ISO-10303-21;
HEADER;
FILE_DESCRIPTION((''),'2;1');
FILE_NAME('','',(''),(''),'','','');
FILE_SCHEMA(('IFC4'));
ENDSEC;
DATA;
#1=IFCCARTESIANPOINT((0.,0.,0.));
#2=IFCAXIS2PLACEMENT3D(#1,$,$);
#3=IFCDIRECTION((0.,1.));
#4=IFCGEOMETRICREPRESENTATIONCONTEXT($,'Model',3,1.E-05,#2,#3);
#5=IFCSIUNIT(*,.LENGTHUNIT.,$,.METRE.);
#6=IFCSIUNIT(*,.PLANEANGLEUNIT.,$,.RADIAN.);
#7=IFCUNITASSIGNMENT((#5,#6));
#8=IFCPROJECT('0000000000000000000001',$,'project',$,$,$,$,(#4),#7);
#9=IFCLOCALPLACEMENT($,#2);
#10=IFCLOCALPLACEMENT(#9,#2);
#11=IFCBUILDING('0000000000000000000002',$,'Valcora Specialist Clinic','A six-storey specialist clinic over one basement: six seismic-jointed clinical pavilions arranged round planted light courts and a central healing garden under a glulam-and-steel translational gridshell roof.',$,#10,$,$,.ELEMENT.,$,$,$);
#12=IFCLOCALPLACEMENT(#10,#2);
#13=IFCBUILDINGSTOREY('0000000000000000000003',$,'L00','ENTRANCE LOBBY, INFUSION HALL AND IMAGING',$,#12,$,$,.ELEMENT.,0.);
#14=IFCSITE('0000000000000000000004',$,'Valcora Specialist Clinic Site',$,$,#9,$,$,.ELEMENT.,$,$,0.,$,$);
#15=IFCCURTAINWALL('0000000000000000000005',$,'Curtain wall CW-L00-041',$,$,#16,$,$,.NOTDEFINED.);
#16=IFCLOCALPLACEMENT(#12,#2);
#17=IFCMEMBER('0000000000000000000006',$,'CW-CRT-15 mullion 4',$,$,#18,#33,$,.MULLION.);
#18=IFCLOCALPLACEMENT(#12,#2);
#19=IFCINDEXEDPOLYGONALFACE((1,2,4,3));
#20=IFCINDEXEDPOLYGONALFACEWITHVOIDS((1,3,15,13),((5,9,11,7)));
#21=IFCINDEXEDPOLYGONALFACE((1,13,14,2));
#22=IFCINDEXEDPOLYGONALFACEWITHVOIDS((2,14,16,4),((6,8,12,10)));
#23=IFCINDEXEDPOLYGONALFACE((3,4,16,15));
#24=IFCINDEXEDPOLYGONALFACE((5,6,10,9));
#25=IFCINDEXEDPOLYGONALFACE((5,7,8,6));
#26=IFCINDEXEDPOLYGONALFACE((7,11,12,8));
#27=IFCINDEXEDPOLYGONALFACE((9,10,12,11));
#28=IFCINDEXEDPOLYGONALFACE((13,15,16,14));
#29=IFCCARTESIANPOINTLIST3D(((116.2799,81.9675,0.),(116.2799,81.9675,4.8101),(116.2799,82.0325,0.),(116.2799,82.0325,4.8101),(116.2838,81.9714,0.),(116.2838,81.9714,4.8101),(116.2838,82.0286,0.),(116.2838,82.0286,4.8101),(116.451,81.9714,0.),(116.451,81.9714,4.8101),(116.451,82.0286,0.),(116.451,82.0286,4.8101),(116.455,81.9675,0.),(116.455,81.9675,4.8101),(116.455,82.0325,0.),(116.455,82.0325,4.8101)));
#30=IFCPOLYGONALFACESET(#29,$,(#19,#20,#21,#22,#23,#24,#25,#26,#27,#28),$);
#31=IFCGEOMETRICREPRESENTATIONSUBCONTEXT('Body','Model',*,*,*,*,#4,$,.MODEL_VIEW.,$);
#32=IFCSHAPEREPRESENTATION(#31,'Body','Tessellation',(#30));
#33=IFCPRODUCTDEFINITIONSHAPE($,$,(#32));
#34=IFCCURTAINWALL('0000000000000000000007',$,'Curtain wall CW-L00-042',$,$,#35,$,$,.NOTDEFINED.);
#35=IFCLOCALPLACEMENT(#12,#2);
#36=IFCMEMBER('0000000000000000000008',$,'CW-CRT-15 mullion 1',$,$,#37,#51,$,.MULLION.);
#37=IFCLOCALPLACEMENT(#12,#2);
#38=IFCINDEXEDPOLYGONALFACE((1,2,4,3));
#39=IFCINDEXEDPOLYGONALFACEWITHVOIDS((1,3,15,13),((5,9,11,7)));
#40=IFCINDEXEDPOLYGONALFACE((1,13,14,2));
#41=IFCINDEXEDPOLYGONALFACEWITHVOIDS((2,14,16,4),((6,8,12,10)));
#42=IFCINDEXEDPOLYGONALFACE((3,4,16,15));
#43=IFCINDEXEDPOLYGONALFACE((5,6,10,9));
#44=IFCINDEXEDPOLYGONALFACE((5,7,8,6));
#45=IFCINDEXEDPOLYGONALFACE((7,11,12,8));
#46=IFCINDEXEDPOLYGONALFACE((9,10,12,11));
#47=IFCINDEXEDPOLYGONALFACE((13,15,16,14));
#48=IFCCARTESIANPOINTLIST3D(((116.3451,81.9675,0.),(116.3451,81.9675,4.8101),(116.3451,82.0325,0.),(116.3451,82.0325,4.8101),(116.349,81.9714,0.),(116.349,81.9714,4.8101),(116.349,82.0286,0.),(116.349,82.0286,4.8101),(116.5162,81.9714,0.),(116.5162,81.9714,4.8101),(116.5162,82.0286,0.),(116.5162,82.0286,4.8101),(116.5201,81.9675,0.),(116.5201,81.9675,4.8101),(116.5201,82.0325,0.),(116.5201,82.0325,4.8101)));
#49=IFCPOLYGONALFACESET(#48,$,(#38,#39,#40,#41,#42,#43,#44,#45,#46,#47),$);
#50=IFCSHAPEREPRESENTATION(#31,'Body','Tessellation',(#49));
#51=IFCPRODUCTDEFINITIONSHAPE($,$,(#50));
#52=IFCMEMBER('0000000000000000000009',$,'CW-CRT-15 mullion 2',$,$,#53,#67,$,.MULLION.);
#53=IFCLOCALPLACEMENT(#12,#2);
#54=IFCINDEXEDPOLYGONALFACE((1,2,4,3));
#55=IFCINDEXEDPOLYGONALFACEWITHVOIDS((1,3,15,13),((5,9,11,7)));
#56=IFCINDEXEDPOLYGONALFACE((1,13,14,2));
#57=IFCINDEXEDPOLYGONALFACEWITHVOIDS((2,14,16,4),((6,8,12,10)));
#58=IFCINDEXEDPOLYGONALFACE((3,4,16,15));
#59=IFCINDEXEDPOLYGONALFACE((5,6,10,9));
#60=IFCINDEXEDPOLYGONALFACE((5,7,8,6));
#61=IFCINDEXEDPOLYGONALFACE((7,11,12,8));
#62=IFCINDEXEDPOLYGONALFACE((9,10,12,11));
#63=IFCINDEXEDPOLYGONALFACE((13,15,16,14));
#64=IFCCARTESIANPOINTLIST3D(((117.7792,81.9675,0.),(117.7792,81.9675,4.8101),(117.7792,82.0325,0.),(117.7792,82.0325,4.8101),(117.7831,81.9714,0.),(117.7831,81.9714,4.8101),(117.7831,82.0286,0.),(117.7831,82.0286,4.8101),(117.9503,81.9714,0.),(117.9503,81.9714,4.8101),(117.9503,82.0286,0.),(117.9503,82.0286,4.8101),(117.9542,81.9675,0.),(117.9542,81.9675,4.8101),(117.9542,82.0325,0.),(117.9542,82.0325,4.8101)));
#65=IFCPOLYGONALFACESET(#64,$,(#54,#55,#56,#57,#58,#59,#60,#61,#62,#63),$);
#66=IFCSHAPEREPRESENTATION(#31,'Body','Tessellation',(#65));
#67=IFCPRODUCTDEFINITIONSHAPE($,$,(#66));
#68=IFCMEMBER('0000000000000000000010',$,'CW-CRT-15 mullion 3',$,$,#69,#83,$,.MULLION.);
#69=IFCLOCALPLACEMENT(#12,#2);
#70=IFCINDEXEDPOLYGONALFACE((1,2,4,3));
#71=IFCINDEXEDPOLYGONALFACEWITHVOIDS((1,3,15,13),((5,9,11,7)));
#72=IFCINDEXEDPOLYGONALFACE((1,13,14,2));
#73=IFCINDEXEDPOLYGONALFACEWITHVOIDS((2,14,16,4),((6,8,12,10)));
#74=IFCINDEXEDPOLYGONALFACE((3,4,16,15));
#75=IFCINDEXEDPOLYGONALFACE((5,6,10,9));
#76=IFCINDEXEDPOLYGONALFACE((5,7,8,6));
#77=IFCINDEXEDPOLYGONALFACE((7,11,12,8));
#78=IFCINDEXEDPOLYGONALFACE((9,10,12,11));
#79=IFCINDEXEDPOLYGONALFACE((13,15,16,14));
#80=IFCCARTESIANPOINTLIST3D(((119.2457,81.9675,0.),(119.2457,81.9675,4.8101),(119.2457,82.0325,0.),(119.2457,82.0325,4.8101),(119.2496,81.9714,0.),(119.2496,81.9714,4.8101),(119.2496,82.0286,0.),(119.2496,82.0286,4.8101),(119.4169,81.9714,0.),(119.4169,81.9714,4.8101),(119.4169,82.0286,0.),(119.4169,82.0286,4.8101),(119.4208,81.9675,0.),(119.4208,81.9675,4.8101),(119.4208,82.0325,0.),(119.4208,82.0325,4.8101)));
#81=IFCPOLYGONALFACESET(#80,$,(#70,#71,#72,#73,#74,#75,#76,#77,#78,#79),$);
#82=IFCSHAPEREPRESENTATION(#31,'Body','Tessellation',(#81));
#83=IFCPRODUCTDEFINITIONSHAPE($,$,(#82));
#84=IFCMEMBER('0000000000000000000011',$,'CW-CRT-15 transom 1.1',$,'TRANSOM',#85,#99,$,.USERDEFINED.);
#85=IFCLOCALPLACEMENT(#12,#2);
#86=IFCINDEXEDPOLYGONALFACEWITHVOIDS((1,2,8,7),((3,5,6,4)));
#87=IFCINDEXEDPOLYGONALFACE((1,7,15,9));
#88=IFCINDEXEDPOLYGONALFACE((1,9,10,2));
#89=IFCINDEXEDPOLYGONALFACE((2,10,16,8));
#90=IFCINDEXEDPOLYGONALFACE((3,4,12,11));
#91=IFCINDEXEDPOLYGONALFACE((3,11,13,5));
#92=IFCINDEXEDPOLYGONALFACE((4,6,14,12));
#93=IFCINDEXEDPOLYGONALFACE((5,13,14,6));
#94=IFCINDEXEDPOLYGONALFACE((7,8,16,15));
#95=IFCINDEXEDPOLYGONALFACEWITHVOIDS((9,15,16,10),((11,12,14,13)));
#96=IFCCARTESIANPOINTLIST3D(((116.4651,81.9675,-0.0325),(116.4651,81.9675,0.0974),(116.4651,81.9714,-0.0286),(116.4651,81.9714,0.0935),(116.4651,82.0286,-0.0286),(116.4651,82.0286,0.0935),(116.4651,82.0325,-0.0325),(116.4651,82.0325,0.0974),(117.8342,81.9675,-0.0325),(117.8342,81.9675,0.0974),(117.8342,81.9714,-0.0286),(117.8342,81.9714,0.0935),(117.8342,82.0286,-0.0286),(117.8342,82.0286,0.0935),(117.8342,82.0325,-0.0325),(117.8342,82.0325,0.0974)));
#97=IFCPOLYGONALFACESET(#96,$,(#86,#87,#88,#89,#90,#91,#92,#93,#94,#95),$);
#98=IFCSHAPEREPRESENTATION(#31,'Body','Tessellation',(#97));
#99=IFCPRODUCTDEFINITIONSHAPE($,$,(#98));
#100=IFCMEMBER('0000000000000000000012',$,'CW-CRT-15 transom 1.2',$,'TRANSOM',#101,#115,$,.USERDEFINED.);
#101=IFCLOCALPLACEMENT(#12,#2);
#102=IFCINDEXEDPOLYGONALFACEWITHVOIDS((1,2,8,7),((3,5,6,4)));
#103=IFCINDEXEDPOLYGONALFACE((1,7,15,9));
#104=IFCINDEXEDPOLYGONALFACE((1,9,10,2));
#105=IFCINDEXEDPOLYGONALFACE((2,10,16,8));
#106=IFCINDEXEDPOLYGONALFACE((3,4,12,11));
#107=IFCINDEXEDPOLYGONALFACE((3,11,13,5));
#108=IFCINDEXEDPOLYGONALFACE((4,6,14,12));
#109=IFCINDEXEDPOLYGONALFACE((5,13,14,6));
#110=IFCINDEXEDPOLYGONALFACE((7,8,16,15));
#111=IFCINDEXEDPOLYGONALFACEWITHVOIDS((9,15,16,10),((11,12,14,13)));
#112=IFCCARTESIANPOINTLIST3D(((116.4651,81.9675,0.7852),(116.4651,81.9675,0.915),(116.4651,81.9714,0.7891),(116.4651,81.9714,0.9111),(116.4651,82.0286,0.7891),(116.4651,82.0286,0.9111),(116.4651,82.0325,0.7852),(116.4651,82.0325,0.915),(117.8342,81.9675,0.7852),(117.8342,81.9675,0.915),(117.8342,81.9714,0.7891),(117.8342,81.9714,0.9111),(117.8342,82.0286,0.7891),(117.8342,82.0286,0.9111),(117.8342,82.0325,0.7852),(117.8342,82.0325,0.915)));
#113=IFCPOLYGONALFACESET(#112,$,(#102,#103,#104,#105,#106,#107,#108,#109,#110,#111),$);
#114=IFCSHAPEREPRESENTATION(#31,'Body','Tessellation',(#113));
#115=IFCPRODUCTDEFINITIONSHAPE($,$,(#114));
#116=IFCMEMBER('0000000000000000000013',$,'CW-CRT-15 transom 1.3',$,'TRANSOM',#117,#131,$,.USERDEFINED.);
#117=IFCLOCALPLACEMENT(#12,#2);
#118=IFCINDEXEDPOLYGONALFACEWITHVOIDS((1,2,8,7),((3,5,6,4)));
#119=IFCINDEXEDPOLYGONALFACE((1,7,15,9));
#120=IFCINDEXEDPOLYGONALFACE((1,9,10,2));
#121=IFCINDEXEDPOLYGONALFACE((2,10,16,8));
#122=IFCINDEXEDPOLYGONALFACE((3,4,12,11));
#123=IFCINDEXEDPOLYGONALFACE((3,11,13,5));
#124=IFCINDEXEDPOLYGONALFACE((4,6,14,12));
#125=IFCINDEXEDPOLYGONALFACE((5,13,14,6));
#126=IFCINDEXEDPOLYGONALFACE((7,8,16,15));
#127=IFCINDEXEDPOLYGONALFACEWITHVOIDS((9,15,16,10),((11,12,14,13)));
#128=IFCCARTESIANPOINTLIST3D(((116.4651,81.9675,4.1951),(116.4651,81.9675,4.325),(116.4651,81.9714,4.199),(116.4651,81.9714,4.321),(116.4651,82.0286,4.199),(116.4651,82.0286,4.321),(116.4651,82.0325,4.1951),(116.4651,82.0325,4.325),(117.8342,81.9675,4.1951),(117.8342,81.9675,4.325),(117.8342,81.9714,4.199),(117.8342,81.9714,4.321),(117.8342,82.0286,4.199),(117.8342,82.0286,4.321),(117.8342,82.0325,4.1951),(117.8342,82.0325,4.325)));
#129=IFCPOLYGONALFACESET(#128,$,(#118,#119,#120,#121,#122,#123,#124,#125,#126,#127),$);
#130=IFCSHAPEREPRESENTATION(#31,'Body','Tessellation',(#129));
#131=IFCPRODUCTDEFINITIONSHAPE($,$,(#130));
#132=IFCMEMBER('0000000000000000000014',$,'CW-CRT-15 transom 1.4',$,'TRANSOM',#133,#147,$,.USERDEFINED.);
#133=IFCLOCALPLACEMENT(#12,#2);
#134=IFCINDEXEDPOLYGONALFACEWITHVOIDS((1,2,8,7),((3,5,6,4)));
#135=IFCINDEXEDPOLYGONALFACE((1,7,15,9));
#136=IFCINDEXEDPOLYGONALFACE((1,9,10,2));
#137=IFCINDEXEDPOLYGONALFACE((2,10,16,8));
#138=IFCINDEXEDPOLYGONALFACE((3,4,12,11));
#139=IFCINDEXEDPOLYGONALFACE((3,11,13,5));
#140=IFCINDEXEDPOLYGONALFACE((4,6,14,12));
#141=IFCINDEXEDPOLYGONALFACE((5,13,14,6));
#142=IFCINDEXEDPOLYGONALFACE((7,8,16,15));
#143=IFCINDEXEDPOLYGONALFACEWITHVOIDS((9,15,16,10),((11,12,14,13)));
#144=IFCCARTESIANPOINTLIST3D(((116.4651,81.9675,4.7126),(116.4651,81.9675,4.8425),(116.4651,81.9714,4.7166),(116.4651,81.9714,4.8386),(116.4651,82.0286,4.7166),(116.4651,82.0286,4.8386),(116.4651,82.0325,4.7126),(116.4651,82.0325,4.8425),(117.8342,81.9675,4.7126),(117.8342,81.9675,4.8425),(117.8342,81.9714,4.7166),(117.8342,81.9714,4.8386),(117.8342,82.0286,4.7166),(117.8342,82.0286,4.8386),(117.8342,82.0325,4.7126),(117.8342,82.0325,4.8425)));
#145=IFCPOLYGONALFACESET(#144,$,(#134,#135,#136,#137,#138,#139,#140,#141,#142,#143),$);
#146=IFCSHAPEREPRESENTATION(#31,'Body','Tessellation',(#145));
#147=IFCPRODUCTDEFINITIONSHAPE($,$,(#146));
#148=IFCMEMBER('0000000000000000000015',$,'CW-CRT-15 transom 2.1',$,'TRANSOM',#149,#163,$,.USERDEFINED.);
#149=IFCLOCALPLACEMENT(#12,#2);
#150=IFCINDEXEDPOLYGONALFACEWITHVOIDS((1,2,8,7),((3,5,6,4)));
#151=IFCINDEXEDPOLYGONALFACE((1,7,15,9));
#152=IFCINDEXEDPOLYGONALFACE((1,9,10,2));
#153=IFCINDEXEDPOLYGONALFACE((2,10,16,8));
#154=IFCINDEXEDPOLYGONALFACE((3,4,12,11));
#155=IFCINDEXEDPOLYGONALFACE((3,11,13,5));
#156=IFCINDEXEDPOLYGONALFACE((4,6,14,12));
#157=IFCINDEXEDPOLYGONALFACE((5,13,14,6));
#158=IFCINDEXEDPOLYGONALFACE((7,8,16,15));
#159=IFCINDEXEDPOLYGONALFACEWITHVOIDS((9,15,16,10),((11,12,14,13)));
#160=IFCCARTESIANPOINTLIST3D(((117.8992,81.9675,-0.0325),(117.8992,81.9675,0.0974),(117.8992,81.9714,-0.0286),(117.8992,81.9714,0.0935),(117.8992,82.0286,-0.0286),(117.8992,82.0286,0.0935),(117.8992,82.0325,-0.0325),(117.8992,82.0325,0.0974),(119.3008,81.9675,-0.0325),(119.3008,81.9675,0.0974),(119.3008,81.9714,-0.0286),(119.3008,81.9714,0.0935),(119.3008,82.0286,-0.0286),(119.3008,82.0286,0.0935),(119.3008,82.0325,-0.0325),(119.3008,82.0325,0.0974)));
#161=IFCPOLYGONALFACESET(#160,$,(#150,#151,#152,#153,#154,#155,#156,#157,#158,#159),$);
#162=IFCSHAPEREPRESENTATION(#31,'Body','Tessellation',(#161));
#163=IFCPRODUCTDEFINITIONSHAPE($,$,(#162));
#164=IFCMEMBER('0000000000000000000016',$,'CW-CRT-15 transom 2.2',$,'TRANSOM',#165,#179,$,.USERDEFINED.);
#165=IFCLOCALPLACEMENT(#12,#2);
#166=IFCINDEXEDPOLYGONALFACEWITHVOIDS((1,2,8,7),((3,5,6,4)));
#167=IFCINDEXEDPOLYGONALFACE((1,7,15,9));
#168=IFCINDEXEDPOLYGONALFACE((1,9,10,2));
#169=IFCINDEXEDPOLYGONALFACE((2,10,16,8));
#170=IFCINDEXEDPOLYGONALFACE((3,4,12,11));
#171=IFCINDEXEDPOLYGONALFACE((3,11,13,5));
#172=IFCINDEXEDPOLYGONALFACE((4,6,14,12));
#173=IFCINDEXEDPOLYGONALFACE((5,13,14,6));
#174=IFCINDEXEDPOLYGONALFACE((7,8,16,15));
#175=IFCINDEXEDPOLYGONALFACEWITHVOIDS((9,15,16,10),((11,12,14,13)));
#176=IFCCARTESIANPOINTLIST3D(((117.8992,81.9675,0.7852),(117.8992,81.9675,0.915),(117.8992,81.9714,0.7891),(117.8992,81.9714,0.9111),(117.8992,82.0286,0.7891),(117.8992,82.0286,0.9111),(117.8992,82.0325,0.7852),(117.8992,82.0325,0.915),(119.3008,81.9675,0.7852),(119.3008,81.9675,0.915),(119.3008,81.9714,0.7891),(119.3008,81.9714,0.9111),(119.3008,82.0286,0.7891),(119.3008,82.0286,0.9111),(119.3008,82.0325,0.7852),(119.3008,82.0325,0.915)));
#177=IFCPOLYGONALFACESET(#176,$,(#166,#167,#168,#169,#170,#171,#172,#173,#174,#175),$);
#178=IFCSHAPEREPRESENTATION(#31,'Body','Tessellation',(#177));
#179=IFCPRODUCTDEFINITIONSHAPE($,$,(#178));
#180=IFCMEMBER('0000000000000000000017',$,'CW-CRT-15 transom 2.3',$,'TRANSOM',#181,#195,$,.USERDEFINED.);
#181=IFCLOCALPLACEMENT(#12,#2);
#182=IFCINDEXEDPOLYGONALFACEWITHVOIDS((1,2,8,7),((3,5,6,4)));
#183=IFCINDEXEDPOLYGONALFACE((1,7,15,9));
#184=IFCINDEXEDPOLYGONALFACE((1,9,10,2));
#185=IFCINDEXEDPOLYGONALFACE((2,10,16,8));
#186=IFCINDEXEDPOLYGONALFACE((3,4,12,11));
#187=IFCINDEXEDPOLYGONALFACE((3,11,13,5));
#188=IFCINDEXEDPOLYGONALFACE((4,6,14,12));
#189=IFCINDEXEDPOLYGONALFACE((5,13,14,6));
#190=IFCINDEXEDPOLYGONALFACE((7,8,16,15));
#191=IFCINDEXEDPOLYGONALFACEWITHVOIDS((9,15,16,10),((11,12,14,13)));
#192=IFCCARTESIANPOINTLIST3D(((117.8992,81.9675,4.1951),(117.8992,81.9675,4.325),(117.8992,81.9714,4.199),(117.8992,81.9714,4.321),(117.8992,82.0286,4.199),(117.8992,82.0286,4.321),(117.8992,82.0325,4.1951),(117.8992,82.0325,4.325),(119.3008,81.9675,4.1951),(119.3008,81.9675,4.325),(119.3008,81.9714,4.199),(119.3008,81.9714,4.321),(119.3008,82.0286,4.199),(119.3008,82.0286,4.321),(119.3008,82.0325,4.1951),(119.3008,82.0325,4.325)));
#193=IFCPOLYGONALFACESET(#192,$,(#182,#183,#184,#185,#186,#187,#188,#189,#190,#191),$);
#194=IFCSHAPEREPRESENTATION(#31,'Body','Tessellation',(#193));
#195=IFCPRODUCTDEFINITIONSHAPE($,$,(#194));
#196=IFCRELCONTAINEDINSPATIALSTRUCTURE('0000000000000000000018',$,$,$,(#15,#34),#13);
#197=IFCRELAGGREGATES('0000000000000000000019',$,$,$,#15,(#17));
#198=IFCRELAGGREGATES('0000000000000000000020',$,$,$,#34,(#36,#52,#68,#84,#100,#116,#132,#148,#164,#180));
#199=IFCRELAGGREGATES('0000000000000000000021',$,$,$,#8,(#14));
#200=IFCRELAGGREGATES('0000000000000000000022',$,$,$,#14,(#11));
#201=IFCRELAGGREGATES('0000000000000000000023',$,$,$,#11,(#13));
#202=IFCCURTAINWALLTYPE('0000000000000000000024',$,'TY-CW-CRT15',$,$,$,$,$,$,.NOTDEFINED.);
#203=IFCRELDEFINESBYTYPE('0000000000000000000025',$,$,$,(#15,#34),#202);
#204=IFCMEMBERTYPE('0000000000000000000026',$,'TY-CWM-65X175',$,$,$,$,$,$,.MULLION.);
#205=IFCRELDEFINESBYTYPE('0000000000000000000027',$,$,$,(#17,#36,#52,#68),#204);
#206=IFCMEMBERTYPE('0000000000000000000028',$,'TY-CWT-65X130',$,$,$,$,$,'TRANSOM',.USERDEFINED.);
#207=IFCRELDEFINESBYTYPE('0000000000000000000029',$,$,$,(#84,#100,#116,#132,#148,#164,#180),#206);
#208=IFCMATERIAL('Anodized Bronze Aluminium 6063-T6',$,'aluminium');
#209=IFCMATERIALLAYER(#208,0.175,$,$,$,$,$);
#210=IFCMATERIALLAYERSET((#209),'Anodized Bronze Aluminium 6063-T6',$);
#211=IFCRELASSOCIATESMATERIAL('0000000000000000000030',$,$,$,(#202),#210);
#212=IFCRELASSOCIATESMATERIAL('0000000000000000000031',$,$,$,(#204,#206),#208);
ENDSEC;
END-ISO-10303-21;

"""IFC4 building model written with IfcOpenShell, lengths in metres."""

from ifc_helpers import new_model, si_unit, direction, frame, origin, origin_2d, place, context, subcontext, project, spatial, hollow_rectangle, extrude, material, layer, layer_set, material_profile, profile_set, type_object, element, aggregate, save


model = new_model("IFC4")

# Units and contexts
model_context = context("Model", 3, precision=1e-05, world=origin(), true_north=direction((0.0, 1.0)))
body_context = subcontext(model_context, "Body", "Model", "MODEL_VIEW")
ifc_project = project(units=[si_unit("LENGTHUNIT", "METRE"), si_unit("PLANEANGLEUNIT", "RADIAN")], contexts=[model_context])

# Site, building, storey
site_placement = place(None, origin())
site = spatial("IfcSite", under=ifc_project, at=site_placement, Name="Valcora Specialist Clinic Site", CompositionType="ELEMENT", RefElevation=0.0)
building_placement = place(site_placement, origin())
building = spatial("IfcBuilding", under=site, at=building_placement, Name="Valcora Specialist Clinic", Description="A six-storey specialist clinic over one basement: six seismic-jointed clinical pavilions arranged round planted light courts and a central healing garden under a glulam-and-steel translational gridshell roof.", CompositionType="ELEMENT")
storey_placement = place(building_placement, origin())
storey = spatial("IfcBuildingStorey", under=building, at=storey_placement, Name="L00", Description="ENTRANCE LOBBY, INFUSION HALL AND IMAGING", CompositionType="ELEMENT", Elevation=0.0)

# Curtain wall, member
ifc_material_1 = material(Name="Anodized Bronze Aluminium 6063-T6", Category="aluminium")
ifc_layer_1 = layer(ifc_material_1, 0.175)
ifc_layer_set_1 = layer_set([ifc_layer_1], Name="Anodized Bronze Aluminium 6063-T6")
curtain_wall_type = type_object("IfcCurtainWallType", Name="TY-CW-CRT15", PredefinedType="NOTDEFINED", material=ifc_layer_set_1)
curtain_wall_1_placement = place(storey_placement, origin())
curtain_wall_1 = element("IfcCurtainWall", 1, at=curtain_wall_1_placement, inside=storey, type_object=curtain_wall_type, Name="Curtain wall CW-L00-041", PredefinedType="NOTDEFINED")
ifc_material_profile_1 = material_profile(ifc_material_1, hollow_rectangle(XDim=0.0649, YDim=0.175, WallThickness=0.0039, at=origin_2d()), Name="AL-MUL-65X175")
ifc_profile_set_1 = profile_set([ifc_material_profile_1], Name="Anodized Bronze Aluminium 6063-T6")
member_type_1 = type_object("IfcMemberType", Name="TY-CWM-65X175", PredefinedType="MULLION", material=ifc_profile_set_1)
member_1_placement = place(storey_placement, frame((116.3674, 82.0, 0.0), z_axis=(0.0, 0.0, 1.0), x_axis=(0.0, 1.0, 0.0)))
member_1 = element("IfcMember", 2, at=member_1_placement, type_object=member_type_1, Name="CW-CRT-15 mullion 4", PredefinedType="MULLION", context=body_context, shape_type="SweptSolid", body=[
    extrude(hollow_rectangle(XDim=0.0649, YDim=0.175, WallThickness=0.0039, at=origin_2d()), origin(), (0.0, 0.0, 1.0), 4.8101),
])

# Curtain wall, members
curtain_wall_2_placement = place(storey_placement, origin())
curtain_wall_2 = element("IfcCurtainWall", 3, at=curtain_wall_2_placement, inside=storey, type_object=curtain_wall_type, Name="Curtain wall CW-L00-042", PredefinedType="NOTDEFINED")
member_2_placement = place(storey_placement, frame((116.4326, 82.0, 0.0), z_axis=(0.0, 0.0, 1.0), x_axis=(0.0, 1.0, 0.0)))
member_2 = element("IfcMember", 4, at=member_2_placement, type_object=member_type_1, Name="CW-CRT-15 mullion 1", PredefinedType="MULLION", context=body_context, shape_type="SweptSolid", body=[
    extrude(hollow_rectangle(XDim=0.0649, YDim=0.175, WallThickness=0.0039, at=origin_2d()), origin(), (0.0, 0.0, 1.0), 4.8101),
])
member_3_placement = place(storey_placement, frame((117.8667, 82.0, 0.0), z_axis=(0.0, 0.0, 1.0), x_axis=(0.0, 1.0, 0.0)))
member_3 = element("IfcMember", 5, at=member_3_placement, type_object=member_type_1, Name="CW-CRT-15 mullion 2", PredefinedType="MULLION", context=body_context, shape_type="SweptSolid", body=[
    extrude(hollow_rectangle(XDim=0.0649, YDim=0.175, WallThickness=0.0039, at=origin_2d()), origin(), (0.0, 0.0, 1.0), 4.8101),
])
member_4_placement = place(storey_placement, frame((119.3333, 82.0, 0.0), z_axis=(0.0, 0.0, 1.0), x_axis=(0.0, 1.0, 0.0)))
member_4 = element("IfcMember", 6, at=member_4_placement, type_object=member_type_1, Name="CW-CRT-15 mullion 3", PredefinedType="MULLION", context=body_context, shape_type="SweptSolid", body=[
    extrude(hollow_rectangle(XDim=0.0649, YDim=0.175, WallThickness=0.0039, at=origin_2d()), origin(), (0.0, 0.0, 1.0), 4.8101),
])
ifc_material_profile_2 = material_profile(ifc_material_1, hollow_rectangle(XDim=0.0649, YDim=0.1299, WallThickness=0.0039, at=origin_2d()), Name="AL-TRN-65X130")
ifc_profile_set_2 = profile_set([ifc_material_profile_2], Name="Anodized Bronze Aluminium 6063-T6")
member_type_2 = type_object("IfcMemberType", Name="TY-CWT-65X130", ElementType="TRANSOM", PredefinedType="USERDEFINED", material=ifc_profile_set_2)
member_5_placement = place(storey_placement, frame((116.4651, 82.0, 0.0325), z_axis=(1.0, 0.0, 0.0), x_axis=(0.0, 1.0, 0.0)))
member_5 = element("IfcMember", 7, at=member_5_placement, type_object=member_type_2, Name="CW-CRT-15 transom 1.1", ObjectType="TRANSOM", PredefinedType="USERDEFINED", context=body_context, shape_type="SweptSolid", body=[
    extrude(hollow_rectangle(XDim=0.0649, YDim=0.1299, WallThickness=0.0039, at=origin_2d()), origin(), (0.0, 0.0, 1.0), 1.3691),
])
member_6_placement = place(storey_placement, frame((116.4651, 82.0, 0.8501), z_axis=(1.0, 0.0, 0.0), x_axis=(0.0, 1.0, 0.0)))
member_6 = element("IfcMember", 8, at=member_6_placement, type_object=member_type_2, Name="CW-CRT-15 transom 1.2", ObjectType="TRANSOM", PredefinedType="USERDEFINED", context=body_context, shape_type="SweptSolid", body=[
    extrude(hollow_rectangle(XDim=0.0649, YDim=0.1299, WallThickness=0.0039, at=origin_2d()), origin(), (0.0, 0.0, 1.0), 1.3691),
])
member_7_placement = place(storey_placement, frame((116.4651, 82.0, 4.26), z_axis=(1.0, 0.0, 0.0), x_axis=(0.0, 1.0, 0.0)))
member_7 = element("IfcMember", 9, at=member_7_placement, type_object=member_type_2, Name="CW-CRT-15 transom 1.3", ObjectType="TRANSOM", PredefinedType="USERDEFINED", context=body_context, shape_type="SweptSolid", body=[
    extrude(hollow_rectangle(XDim=0.0649, YDim=0.1299, WallThickness=0.0039, at=origin_2d()), origin(), (0.0, 0.0, 1.0), 1.3691),
])
member_8_placement = place(storey_placement, frame((116.4651, 82.0, 4.7776), z_axis=(1.0, 0.0, 0.0), x_axis=(0.0, 1.0, 0.0)))
member_8 = element("IfcMember", 10, at=member_8_placement, type_object=member_type_2, Name="CW-CRT-15 transom 1.4", ObjectType="TRANSOM", PredefinedType="USERDEFINED", context=body_context, shape_type="SweptSolid", body=[
    extrude(hollow_rectangle(XDim=0.0649, YDim=0.1299, WallThickness=0.0039, at=origin_2d()), origin(), (0.0, 0.0, 1.0), 1.3691),
])
member_9_placement = place(storey_placement, frame((117.8992, 82.0, 0.0325), z_axis=(1.0, 0.0, 0.0), x_axis=(0.0, 1.0, 0.0)))
member_9 = element("IfcMember", 11, at=member_9_placement, type_object=member_type_2, Name="CW-CRT-15 transom 2.1", ObjectType="TRANSOM", PredefinedType="USERDEFINED", context=body_context, shape_type="SweptSolid", body=[
    extrude(hollow_rectangle(XDim=0.0649, YDim=0.1299, WallThickness=0.0039, at=origin_2d()), origin(), (0.0, 0.0, 1.0), 1.4016),
])
member_10_placement = place(storey_placement, frame((117.8992, 82.0, 0.8501), z_axis=(1.0, 0.0, 0.0), x_axis=(0.0, 1.0, 0.0)))
member_10 = element("IfcMember", 12, at=member_10_placement, type_object=member_type_2, Name="CW-CRT-15 transom 2.2", ObjectType="TRANSOM", PredefinedType="USERDEFINED", context=body_context, shape_type="SweptSolid", body=[
    extrude(hollow_rectangle(XDim=0.0649, YDim=0.1299, WallThickness=0.0039, at=origin_2d()), origin(), (0.0, 0.0, 1.0), 1.4016),
])
member_11_placement = place(storey_placement, frame((117.8992, 82.0, 4.26), z_axis=(1.0, 0.0, 0.0), x_axis=(0.0, 1.0, 0.0)))
member_11 = element("IfcMember", 13, at=member_11_placement, type_object=member_type_2, Name="CW-CRT-15 transom 2.3", ObjectType="TRANSOM", PredefinedType="USERDEFINED", context=body_context, shape_type="SweptSolid", body=[
    extrude(hollow_rectangle(XDim=0.0649, YDim=0.1299, WallThickness=0.0039, at=origin_2d()), origin(), (0.0, 0.0, 1.0), 1.4016),
])

aggregate(curtain_wall_1, [member_1])
aggregate(curtain_wall_2, [member_2, member_3, member_4, member_5, member_6, member_7, member_8, member_9, member_10, member_11])

save(model, "model.ifc")
